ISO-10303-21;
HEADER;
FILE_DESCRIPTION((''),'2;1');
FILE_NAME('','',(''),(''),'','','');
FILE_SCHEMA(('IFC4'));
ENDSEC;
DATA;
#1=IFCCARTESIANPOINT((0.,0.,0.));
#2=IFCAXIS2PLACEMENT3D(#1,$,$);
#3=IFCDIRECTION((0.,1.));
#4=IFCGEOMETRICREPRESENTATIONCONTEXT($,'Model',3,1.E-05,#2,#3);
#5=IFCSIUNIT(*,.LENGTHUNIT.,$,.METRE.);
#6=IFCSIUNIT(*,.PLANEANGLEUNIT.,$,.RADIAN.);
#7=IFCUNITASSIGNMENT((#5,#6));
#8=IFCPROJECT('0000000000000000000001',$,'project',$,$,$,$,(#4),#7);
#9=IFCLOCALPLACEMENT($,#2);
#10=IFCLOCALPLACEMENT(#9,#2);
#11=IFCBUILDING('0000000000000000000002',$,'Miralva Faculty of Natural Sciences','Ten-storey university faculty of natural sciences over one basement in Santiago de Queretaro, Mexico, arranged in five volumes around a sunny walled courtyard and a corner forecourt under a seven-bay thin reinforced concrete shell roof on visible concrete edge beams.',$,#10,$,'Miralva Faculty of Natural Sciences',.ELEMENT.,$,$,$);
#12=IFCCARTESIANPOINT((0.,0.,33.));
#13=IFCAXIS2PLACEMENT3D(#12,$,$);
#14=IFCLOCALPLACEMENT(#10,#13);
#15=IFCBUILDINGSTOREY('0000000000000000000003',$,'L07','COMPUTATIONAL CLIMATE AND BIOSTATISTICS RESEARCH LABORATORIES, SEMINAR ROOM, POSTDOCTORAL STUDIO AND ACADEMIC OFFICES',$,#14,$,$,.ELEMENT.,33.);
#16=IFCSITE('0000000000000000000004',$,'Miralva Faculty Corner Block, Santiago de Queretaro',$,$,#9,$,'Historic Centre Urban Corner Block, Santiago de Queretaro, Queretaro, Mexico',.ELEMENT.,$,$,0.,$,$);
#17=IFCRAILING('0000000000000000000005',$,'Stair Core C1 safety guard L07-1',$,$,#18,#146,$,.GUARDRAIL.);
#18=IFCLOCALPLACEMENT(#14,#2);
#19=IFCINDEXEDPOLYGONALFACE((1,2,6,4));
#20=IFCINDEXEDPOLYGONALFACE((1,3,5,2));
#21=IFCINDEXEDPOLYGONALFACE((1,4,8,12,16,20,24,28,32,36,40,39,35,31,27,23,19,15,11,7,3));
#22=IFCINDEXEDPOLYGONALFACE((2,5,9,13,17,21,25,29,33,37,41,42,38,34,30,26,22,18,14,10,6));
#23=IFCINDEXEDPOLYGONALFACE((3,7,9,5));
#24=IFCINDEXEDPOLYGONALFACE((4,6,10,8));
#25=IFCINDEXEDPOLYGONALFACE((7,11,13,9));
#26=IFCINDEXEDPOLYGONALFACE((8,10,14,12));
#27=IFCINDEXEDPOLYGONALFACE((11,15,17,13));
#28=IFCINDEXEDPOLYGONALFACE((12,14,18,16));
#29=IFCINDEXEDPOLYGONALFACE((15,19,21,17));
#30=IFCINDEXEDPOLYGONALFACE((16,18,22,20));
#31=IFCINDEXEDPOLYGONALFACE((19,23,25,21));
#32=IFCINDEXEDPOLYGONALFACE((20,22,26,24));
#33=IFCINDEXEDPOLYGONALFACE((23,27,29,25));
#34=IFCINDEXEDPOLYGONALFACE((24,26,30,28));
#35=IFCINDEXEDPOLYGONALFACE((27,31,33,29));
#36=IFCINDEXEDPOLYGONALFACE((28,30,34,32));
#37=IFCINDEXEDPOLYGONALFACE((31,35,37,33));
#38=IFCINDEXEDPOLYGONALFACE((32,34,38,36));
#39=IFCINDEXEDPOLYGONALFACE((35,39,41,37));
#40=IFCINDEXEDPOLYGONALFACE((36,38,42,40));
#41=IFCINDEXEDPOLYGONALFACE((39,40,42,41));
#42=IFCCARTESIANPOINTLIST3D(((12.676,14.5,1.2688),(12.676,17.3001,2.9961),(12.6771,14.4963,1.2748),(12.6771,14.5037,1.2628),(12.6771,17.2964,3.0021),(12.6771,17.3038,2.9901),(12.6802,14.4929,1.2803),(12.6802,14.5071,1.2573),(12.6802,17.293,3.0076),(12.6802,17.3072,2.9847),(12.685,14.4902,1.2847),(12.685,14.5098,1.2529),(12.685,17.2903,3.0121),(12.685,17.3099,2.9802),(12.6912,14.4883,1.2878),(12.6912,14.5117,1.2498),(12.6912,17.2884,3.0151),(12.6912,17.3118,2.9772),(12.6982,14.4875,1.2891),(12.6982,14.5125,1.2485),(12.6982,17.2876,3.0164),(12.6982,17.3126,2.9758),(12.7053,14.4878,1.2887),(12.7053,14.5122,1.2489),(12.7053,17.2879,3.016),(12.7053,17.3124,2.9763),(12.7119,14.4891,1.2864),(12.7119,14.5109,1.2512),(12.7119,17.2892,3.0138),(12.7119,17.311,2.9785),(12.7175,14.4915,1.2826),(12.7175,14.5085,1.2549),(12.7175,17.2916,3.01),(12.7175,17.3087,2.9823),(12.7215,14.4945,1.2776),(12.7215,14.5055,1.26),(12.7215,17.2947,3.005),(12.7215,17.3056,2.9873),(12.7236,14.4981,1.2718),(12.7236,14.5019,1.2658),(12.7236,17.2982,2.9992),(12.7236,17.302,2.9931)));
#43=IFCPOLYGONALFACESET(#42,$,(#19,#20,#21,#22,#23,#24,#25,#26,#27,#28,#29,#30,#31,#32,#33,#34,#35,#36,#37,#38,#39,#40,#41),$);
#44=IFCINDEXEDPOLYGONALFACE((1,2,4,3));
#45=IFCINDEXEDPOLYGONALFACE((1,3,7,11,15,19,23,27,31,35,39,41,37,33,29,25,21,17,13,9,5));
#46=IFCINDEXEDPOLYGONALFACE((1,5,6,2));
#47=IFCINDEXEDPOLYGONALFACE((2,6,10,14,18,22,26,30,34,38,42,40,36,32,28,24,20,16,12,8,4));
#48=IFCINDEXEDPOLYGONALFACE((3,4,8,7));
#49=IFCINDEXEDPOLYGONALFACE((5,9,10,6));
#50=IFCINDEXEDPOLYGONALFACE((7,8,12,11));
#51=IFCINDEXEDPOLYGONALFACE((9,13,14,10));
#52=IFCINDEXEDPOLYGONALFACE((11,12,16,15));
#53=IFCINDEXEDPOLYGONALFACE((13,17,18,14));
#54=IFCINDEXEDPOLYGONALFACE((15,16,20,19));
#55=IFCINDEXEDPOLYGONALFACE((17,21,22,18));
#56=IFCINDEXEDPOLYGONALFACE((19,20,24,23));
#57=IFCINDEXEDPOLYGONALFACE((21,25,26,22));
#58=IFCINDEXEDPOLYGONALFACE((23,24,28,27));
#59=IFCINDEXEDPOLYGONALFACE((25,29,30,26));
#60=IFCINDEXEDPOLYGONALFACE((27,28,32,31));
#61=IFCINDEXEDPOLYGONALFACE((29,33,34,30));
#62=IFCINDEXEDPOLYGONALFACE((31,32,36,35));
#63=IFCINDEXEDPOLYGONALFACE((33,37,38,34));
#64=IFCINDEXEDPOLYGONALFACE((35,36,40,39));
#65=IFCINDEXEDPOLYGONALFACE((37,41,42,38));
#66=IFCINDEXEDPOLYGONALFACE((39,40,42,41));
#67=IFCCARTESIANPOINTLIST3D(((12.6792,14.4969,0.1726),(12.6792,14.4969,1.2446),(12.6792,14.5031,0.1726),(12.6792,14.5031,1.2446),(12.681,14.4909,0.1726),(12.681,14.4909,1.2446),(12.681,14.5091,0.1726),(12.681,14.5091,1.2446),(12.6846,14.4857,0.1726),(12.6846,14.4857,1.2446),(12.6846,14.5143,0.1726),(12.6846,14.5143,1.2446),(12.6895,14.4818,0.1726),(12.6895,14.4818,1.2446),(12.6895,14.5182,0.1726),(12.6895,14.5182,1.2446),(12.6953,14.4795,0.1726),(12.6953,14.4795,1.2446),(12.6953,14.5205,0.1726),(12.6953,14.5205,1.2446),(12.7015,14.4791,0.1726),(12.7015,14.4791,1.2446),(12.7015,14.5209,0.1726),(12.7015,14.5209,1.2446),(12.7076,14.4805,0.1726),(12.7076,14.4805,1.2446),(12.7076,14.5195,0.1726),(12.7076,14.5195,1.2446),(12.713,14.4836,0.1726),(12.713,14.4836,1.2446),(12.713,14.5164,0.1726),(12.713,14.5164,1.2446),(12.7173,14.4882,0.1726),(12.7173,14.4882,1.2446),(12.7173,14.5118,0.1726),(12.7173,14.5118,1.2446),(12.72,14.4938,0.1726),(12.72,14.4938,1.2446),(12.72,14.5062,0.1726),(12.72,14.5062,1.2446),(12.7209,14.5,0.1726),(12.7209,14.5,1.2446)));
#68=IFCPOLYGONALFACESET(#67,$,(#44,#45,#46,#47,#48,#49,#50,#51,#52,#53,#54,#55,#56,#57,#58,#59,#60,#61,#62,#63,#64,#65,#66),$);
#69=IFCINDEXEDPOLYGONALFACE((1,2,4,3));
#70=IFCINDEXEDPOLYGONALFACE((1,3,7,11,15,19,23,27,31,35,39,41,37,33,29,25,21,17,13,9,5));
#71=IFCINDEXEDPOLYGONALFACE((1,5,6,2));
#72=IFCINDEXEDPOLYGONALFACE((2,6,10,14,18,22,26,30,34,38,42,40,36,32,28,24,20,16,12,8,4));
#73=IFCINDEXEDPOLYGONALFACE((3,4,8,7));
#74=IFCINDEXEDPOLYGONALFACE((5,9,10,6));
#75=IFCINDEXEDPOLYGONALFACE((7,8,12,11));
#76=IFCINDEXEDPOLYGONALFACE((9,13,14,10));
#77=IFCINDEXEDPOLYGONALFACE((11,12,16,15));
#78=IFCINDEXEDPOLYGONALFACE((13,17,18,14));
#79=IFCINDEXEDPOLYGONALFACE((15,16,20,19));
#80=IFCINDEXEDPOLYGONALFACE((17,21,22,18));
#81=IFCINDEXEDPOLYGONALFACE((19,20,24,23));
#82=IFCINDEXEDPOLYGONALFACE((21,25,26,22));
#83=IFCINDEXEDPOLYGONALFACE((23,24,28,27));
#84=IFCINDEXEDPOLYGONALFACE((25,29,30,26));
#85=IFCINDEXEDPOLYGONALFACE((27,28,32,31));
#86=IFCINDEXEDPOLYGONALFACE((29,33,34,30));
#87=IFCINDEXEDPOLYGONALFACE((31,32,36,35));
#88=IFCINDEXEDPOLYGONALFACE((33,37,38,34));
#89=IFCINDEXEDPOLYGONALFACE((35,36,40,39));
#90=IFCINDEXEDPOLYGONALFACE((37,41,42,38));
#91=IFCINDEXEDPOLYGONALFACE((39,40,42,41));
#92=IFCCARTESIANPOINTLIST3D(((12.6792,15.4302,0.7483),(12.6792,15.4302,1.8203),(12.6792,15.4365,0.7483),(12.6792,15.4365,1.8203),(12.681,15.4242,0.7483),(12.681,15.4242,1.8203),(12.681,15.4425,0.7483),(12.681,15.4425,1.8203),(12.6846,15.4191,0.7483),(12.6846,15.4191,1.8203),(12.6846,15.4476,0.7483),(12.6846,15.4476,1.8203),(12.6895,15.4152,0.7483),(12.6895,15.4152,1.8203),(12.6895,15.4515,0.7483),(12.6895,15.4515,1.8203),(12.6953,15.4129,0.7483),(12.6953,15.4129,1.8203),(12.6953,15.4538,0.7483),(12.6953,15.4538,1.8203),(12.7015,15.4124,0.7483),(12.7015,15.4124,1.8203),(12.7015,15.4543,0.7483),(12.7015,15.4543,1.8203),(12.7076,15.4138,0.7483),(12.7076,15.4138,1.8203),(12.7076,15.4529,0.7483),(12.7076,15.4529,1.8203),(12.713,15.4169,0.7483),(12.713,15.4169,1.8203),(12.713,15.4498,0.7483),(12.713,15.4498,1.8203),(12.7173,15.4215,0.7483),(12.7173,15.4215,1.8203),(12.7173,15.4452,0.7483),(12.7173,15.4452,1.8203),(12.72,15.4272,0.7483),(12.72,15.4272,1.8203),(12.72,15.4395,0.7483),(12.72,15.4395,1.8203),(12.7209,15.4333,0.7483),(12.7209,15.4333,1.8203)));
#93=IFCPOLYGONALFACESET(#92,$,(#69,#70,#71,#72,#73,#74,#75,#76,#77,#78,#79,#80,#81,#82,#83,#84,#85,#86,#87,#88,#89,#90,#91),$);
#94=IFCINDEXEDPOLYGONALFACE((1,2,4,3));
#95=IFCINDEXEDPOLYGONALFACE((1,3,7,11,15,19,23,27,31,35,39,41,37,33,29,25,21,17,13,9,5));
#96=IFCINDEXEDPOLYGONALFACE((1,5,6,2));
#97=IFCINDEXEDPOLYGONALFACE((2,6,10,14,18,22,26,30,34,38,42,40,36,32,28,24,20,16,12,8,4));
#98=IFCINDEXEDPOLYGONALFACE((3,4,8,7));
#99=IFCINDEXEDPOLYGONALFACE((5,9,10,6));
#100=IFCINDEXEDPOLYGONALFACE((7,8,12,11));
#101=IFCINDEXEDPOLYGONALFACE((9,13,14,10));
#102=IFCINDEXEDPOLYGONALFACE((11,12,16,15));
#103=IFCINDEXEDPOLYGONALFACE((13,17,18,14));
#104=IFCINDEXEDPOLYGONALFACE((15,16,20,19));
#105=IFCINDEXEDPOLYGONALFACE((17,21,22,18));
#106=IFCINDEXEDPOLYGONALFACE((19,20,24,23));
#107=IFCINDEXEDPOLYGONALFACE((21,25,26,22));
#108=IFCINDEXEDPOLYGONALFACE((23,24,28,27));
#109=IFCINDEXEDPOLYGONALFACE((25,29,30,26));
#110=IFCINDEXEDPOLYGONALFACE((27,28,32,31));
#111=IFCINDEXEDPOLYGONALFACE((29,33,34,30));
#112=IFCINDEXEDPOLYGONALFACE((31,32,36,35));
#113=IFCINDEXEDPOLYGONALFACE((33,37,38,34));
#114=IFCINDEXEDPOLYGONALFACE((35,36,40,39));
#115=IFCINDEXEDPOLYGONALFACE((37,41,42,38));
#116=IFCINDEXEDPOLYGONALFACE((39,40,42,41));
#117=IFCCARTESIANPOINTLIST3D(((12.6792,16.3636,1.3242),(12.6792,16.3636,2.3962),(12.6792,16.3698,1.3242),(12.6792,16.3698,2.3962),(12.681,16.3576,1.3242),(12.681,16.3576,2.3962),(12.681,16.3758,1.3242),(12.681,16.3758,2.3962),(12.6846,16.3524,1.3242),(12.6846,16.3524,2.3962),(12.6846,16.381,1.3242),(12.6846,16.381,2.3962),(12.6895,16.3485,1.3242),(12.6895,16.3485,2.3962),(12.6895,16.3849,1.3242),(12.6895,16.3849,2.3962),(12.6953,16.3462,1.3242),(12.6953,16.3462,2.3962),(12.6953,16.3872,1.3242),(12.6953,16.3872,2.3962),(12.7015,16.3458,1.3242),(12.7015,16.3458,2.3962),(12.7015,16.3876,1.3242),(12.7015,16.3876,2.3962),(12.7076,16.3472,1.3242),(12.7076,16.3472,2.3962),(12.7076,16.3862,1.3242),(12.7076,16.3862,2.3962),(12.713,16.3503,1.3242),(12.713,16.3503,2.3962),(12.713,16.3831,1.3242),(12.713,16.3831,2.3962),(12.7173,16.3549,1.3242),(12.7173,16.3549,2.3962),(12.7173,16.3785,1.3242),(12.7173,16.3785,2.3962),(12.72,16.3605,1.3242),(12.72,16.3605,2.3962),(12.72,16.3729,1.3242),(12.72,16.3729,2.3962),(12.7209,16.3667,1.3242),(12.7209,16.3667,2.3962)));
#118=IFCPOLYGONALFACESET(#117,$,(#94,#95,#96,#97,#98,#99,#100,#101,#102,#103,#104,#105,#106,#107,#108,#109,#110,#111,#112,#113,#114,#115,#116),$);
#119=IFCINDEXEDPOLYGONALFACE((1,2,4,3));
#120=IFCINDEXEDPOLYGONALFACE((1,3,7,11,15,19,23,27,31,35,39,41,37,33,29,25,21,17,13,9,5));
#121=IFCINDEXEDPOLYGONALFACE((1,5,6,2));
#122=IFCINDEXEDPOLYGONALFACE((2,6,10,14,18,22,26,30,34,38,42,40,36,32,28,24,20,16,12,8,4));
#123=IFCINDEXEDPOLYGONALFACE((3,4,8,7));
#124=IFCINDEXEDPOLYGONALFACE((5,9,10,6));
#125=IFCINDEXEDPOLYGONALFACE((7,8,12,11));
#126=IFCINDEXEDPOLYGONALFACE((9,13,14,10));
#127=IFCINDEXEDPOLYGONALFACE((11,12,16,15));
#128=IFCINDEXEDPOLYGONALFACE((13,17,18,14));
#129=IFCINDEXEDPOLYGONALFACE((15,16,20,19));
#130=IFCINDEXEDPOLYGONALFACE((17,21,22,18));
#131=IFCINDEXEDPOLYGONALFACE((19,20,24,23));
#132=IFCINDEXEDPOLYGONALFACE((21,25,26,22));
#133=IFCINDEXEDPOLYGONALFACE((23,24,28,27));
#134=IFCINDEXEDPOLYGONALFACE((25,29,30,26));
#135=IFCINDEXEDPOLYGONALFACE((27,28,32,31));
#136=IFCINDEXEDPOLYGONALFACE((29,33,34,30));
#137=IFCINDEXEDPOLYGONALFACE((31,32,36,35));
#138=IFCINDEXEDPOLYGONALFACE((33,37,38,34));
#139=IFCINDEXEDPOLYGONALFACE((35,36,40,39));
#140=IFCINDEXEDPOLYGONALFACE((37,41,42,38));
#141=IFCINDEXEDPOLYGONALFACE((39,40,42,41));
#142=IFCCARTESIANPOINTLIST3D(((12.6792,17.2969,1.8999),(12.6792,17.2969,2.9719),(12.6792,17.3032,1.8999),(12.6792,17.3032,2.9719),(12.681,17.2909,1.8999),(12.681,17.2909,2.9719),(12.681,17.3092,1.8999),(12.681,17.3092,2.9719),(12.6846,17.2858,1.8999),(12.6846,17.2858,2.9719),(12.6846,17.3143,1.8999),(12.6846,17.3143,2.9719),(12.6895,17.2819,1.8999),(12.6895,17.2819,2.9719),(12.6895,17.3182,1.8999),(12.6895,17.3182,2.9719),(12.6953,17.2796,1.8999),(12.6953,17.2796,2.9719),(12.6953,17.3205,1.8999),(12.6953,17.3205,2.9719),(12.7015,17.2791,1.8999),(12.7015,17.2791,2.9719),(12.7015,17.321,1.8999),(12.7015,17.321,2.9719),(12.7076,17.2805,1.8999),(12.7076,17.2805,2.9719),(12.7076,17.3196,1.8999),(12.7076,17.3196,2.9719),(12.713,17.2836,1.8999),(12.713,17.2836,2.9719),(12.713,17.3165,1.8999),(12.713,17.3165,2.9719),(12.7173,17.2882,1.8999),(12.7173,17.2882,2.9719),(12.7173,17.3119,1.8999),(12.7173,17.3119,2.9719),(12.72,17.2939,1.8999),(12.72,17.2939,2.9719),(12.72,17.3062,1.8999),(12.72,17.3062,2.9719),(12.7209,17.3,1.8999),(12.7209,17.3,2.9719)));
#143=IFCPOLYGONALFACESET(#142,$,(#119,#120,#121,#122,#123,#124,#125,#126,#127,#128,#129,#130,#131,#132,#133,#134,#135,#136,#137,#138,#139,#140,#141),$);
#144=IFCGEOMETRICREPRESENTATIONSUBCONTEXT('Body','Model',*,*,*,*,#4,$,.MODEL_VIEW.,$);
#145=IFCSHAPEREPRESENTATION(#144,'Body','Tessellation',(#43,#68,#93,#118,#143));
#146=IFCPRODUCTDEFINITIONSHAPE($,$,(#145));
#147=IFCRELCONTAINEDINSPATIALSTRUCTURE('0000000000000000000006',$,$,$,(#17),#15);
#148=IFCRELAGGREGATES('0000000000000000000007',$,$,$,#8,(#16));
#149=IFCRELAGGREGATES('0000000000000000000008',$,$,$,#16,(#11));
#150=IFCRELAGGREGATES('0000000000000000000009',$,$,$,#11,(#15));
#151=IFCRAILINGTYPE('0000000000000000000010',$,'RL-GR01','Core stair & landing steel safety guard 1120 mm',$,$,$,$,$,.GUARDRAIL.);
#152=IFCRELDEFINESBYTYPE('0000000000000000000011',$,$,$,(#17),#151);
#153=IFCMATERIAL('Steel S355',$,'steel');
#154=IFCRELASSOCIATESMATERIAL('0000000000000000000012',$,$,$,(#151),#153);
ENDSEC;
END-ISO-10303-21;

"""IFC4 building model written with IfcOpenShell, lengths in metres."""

from ifc_helpers import new_model, si_unit, direction, frame, origin, origin_2d, place, context, subcontext, project, spatial, circle, extrude, material, type_object, element, save


model = new_model("IFC4")

# Units and contexts
model_context = context("Model", 3, precision=1e-05, world=origin(), true_north=direction((0.0, 1.0)))
body_context = subcontext(model_context, "Body", "Model", "MODEL_VIEW")
ifc_project = project(units=[si_unit("LENGTHUNIT", "METRE"), si_unit("PLANEANGLEUNIT", "RADIAN")], contexts=[model_context])

# Site, building, storey
site_placement = place(None, origin())
site = spatial("IfcSite", under=ifc_project, at=site_placement, Name="Miralva Faculty Corner Block, Santiago de Queretaro", LongName="Historic Centre Urban Corner Block, Santiago de Queretaro, Queretaro, Mexico", CompositionType="ELEMENT", RefElevation=0.0)
building_placement = place(site_placement, origin())
building = spatial("IfcBuilding", under=site, at=building_placement, Name="Miralva Faculty of Natural Sciences", Description="Ten-storey university faculty of natural sciences over one basement in Santiago de Queretaro, Mexico, arranged in five volumes around a sunny walled courtyard and a corner forecourt under a seven-bay thin reinforced concrete shell roof on visible concrete edge beams.", LongName="Miralva Faculty of Natural Sciences", CompositionType="ELEMENT")
storey_placement = place(building_placement, frame((0.0, 0.0, 33.0)))
storey = spatial("IfcBuildingStorey", under=building, at=storey_placement, Name="L07", Description="COMPUTATIONAL CLIMATE AND BIOSTATISTICS RESEARCH LABORATORIES, SEMINAR ROOM, POSTDOCTORAL STUDIO AND ACADEMIC OFFICES", CompositionType="ELEMENT", Elevation=33.0)

# Railing
ifc_material_1 = material(Name="Steel S355", Category="steel")
railing_type_1 = type_object("IfcRailingType", Name="RL-GR01", Description="Core stair & landing steel safety guard 1120 mm", PredefinedType="GUARDRAIL", material=ifc_material_1)
railing_1_placement = place(storey_placement, frame((12.7, 14.5, 0.1726)))
element("IfcRailing", 1, at=railing_1_placement, inside=storey, type_object=railing_type_1, Name="Stair Core C1 safety guard L07-1", PredefinedType="GUARDRAIL", context=body_context, shape_type="SweptSolid", body=[
    extrude(circle(Radius=0.0239, at=origin_2d()), frame((0.0, 0.0, 1.0962), z_axis=(0.0, 0.85109, 0.52502), x_axis=(-1.0, 0.0, 0.0)), (0.0, 0.0, 1.0), 3.29),
    extrude(circle(Radius=0.021, at=origin_2d()), origin(), (0.0, 0.0, 1.0), 1.072),
    extrude(circle(Radius=0.021, at=origin_2d()), frame((0.0, 0.9333, 0.5757)), (0.0, 0.0, 1.0), 1.072),
    extrude(circle(Radius=0.021, at=origin_2d()), frame((0.0, 1.8667, 1.1516)), (0.0, 0.0, 1.0), 1.072),
    extrude(circle(Radius=0.021, at=origin_2d()), frame((0.0, 2.8, 1.7273)), (0.0, 0.0, 1.0), 1.072),
])

save(model, "model.ifc")
